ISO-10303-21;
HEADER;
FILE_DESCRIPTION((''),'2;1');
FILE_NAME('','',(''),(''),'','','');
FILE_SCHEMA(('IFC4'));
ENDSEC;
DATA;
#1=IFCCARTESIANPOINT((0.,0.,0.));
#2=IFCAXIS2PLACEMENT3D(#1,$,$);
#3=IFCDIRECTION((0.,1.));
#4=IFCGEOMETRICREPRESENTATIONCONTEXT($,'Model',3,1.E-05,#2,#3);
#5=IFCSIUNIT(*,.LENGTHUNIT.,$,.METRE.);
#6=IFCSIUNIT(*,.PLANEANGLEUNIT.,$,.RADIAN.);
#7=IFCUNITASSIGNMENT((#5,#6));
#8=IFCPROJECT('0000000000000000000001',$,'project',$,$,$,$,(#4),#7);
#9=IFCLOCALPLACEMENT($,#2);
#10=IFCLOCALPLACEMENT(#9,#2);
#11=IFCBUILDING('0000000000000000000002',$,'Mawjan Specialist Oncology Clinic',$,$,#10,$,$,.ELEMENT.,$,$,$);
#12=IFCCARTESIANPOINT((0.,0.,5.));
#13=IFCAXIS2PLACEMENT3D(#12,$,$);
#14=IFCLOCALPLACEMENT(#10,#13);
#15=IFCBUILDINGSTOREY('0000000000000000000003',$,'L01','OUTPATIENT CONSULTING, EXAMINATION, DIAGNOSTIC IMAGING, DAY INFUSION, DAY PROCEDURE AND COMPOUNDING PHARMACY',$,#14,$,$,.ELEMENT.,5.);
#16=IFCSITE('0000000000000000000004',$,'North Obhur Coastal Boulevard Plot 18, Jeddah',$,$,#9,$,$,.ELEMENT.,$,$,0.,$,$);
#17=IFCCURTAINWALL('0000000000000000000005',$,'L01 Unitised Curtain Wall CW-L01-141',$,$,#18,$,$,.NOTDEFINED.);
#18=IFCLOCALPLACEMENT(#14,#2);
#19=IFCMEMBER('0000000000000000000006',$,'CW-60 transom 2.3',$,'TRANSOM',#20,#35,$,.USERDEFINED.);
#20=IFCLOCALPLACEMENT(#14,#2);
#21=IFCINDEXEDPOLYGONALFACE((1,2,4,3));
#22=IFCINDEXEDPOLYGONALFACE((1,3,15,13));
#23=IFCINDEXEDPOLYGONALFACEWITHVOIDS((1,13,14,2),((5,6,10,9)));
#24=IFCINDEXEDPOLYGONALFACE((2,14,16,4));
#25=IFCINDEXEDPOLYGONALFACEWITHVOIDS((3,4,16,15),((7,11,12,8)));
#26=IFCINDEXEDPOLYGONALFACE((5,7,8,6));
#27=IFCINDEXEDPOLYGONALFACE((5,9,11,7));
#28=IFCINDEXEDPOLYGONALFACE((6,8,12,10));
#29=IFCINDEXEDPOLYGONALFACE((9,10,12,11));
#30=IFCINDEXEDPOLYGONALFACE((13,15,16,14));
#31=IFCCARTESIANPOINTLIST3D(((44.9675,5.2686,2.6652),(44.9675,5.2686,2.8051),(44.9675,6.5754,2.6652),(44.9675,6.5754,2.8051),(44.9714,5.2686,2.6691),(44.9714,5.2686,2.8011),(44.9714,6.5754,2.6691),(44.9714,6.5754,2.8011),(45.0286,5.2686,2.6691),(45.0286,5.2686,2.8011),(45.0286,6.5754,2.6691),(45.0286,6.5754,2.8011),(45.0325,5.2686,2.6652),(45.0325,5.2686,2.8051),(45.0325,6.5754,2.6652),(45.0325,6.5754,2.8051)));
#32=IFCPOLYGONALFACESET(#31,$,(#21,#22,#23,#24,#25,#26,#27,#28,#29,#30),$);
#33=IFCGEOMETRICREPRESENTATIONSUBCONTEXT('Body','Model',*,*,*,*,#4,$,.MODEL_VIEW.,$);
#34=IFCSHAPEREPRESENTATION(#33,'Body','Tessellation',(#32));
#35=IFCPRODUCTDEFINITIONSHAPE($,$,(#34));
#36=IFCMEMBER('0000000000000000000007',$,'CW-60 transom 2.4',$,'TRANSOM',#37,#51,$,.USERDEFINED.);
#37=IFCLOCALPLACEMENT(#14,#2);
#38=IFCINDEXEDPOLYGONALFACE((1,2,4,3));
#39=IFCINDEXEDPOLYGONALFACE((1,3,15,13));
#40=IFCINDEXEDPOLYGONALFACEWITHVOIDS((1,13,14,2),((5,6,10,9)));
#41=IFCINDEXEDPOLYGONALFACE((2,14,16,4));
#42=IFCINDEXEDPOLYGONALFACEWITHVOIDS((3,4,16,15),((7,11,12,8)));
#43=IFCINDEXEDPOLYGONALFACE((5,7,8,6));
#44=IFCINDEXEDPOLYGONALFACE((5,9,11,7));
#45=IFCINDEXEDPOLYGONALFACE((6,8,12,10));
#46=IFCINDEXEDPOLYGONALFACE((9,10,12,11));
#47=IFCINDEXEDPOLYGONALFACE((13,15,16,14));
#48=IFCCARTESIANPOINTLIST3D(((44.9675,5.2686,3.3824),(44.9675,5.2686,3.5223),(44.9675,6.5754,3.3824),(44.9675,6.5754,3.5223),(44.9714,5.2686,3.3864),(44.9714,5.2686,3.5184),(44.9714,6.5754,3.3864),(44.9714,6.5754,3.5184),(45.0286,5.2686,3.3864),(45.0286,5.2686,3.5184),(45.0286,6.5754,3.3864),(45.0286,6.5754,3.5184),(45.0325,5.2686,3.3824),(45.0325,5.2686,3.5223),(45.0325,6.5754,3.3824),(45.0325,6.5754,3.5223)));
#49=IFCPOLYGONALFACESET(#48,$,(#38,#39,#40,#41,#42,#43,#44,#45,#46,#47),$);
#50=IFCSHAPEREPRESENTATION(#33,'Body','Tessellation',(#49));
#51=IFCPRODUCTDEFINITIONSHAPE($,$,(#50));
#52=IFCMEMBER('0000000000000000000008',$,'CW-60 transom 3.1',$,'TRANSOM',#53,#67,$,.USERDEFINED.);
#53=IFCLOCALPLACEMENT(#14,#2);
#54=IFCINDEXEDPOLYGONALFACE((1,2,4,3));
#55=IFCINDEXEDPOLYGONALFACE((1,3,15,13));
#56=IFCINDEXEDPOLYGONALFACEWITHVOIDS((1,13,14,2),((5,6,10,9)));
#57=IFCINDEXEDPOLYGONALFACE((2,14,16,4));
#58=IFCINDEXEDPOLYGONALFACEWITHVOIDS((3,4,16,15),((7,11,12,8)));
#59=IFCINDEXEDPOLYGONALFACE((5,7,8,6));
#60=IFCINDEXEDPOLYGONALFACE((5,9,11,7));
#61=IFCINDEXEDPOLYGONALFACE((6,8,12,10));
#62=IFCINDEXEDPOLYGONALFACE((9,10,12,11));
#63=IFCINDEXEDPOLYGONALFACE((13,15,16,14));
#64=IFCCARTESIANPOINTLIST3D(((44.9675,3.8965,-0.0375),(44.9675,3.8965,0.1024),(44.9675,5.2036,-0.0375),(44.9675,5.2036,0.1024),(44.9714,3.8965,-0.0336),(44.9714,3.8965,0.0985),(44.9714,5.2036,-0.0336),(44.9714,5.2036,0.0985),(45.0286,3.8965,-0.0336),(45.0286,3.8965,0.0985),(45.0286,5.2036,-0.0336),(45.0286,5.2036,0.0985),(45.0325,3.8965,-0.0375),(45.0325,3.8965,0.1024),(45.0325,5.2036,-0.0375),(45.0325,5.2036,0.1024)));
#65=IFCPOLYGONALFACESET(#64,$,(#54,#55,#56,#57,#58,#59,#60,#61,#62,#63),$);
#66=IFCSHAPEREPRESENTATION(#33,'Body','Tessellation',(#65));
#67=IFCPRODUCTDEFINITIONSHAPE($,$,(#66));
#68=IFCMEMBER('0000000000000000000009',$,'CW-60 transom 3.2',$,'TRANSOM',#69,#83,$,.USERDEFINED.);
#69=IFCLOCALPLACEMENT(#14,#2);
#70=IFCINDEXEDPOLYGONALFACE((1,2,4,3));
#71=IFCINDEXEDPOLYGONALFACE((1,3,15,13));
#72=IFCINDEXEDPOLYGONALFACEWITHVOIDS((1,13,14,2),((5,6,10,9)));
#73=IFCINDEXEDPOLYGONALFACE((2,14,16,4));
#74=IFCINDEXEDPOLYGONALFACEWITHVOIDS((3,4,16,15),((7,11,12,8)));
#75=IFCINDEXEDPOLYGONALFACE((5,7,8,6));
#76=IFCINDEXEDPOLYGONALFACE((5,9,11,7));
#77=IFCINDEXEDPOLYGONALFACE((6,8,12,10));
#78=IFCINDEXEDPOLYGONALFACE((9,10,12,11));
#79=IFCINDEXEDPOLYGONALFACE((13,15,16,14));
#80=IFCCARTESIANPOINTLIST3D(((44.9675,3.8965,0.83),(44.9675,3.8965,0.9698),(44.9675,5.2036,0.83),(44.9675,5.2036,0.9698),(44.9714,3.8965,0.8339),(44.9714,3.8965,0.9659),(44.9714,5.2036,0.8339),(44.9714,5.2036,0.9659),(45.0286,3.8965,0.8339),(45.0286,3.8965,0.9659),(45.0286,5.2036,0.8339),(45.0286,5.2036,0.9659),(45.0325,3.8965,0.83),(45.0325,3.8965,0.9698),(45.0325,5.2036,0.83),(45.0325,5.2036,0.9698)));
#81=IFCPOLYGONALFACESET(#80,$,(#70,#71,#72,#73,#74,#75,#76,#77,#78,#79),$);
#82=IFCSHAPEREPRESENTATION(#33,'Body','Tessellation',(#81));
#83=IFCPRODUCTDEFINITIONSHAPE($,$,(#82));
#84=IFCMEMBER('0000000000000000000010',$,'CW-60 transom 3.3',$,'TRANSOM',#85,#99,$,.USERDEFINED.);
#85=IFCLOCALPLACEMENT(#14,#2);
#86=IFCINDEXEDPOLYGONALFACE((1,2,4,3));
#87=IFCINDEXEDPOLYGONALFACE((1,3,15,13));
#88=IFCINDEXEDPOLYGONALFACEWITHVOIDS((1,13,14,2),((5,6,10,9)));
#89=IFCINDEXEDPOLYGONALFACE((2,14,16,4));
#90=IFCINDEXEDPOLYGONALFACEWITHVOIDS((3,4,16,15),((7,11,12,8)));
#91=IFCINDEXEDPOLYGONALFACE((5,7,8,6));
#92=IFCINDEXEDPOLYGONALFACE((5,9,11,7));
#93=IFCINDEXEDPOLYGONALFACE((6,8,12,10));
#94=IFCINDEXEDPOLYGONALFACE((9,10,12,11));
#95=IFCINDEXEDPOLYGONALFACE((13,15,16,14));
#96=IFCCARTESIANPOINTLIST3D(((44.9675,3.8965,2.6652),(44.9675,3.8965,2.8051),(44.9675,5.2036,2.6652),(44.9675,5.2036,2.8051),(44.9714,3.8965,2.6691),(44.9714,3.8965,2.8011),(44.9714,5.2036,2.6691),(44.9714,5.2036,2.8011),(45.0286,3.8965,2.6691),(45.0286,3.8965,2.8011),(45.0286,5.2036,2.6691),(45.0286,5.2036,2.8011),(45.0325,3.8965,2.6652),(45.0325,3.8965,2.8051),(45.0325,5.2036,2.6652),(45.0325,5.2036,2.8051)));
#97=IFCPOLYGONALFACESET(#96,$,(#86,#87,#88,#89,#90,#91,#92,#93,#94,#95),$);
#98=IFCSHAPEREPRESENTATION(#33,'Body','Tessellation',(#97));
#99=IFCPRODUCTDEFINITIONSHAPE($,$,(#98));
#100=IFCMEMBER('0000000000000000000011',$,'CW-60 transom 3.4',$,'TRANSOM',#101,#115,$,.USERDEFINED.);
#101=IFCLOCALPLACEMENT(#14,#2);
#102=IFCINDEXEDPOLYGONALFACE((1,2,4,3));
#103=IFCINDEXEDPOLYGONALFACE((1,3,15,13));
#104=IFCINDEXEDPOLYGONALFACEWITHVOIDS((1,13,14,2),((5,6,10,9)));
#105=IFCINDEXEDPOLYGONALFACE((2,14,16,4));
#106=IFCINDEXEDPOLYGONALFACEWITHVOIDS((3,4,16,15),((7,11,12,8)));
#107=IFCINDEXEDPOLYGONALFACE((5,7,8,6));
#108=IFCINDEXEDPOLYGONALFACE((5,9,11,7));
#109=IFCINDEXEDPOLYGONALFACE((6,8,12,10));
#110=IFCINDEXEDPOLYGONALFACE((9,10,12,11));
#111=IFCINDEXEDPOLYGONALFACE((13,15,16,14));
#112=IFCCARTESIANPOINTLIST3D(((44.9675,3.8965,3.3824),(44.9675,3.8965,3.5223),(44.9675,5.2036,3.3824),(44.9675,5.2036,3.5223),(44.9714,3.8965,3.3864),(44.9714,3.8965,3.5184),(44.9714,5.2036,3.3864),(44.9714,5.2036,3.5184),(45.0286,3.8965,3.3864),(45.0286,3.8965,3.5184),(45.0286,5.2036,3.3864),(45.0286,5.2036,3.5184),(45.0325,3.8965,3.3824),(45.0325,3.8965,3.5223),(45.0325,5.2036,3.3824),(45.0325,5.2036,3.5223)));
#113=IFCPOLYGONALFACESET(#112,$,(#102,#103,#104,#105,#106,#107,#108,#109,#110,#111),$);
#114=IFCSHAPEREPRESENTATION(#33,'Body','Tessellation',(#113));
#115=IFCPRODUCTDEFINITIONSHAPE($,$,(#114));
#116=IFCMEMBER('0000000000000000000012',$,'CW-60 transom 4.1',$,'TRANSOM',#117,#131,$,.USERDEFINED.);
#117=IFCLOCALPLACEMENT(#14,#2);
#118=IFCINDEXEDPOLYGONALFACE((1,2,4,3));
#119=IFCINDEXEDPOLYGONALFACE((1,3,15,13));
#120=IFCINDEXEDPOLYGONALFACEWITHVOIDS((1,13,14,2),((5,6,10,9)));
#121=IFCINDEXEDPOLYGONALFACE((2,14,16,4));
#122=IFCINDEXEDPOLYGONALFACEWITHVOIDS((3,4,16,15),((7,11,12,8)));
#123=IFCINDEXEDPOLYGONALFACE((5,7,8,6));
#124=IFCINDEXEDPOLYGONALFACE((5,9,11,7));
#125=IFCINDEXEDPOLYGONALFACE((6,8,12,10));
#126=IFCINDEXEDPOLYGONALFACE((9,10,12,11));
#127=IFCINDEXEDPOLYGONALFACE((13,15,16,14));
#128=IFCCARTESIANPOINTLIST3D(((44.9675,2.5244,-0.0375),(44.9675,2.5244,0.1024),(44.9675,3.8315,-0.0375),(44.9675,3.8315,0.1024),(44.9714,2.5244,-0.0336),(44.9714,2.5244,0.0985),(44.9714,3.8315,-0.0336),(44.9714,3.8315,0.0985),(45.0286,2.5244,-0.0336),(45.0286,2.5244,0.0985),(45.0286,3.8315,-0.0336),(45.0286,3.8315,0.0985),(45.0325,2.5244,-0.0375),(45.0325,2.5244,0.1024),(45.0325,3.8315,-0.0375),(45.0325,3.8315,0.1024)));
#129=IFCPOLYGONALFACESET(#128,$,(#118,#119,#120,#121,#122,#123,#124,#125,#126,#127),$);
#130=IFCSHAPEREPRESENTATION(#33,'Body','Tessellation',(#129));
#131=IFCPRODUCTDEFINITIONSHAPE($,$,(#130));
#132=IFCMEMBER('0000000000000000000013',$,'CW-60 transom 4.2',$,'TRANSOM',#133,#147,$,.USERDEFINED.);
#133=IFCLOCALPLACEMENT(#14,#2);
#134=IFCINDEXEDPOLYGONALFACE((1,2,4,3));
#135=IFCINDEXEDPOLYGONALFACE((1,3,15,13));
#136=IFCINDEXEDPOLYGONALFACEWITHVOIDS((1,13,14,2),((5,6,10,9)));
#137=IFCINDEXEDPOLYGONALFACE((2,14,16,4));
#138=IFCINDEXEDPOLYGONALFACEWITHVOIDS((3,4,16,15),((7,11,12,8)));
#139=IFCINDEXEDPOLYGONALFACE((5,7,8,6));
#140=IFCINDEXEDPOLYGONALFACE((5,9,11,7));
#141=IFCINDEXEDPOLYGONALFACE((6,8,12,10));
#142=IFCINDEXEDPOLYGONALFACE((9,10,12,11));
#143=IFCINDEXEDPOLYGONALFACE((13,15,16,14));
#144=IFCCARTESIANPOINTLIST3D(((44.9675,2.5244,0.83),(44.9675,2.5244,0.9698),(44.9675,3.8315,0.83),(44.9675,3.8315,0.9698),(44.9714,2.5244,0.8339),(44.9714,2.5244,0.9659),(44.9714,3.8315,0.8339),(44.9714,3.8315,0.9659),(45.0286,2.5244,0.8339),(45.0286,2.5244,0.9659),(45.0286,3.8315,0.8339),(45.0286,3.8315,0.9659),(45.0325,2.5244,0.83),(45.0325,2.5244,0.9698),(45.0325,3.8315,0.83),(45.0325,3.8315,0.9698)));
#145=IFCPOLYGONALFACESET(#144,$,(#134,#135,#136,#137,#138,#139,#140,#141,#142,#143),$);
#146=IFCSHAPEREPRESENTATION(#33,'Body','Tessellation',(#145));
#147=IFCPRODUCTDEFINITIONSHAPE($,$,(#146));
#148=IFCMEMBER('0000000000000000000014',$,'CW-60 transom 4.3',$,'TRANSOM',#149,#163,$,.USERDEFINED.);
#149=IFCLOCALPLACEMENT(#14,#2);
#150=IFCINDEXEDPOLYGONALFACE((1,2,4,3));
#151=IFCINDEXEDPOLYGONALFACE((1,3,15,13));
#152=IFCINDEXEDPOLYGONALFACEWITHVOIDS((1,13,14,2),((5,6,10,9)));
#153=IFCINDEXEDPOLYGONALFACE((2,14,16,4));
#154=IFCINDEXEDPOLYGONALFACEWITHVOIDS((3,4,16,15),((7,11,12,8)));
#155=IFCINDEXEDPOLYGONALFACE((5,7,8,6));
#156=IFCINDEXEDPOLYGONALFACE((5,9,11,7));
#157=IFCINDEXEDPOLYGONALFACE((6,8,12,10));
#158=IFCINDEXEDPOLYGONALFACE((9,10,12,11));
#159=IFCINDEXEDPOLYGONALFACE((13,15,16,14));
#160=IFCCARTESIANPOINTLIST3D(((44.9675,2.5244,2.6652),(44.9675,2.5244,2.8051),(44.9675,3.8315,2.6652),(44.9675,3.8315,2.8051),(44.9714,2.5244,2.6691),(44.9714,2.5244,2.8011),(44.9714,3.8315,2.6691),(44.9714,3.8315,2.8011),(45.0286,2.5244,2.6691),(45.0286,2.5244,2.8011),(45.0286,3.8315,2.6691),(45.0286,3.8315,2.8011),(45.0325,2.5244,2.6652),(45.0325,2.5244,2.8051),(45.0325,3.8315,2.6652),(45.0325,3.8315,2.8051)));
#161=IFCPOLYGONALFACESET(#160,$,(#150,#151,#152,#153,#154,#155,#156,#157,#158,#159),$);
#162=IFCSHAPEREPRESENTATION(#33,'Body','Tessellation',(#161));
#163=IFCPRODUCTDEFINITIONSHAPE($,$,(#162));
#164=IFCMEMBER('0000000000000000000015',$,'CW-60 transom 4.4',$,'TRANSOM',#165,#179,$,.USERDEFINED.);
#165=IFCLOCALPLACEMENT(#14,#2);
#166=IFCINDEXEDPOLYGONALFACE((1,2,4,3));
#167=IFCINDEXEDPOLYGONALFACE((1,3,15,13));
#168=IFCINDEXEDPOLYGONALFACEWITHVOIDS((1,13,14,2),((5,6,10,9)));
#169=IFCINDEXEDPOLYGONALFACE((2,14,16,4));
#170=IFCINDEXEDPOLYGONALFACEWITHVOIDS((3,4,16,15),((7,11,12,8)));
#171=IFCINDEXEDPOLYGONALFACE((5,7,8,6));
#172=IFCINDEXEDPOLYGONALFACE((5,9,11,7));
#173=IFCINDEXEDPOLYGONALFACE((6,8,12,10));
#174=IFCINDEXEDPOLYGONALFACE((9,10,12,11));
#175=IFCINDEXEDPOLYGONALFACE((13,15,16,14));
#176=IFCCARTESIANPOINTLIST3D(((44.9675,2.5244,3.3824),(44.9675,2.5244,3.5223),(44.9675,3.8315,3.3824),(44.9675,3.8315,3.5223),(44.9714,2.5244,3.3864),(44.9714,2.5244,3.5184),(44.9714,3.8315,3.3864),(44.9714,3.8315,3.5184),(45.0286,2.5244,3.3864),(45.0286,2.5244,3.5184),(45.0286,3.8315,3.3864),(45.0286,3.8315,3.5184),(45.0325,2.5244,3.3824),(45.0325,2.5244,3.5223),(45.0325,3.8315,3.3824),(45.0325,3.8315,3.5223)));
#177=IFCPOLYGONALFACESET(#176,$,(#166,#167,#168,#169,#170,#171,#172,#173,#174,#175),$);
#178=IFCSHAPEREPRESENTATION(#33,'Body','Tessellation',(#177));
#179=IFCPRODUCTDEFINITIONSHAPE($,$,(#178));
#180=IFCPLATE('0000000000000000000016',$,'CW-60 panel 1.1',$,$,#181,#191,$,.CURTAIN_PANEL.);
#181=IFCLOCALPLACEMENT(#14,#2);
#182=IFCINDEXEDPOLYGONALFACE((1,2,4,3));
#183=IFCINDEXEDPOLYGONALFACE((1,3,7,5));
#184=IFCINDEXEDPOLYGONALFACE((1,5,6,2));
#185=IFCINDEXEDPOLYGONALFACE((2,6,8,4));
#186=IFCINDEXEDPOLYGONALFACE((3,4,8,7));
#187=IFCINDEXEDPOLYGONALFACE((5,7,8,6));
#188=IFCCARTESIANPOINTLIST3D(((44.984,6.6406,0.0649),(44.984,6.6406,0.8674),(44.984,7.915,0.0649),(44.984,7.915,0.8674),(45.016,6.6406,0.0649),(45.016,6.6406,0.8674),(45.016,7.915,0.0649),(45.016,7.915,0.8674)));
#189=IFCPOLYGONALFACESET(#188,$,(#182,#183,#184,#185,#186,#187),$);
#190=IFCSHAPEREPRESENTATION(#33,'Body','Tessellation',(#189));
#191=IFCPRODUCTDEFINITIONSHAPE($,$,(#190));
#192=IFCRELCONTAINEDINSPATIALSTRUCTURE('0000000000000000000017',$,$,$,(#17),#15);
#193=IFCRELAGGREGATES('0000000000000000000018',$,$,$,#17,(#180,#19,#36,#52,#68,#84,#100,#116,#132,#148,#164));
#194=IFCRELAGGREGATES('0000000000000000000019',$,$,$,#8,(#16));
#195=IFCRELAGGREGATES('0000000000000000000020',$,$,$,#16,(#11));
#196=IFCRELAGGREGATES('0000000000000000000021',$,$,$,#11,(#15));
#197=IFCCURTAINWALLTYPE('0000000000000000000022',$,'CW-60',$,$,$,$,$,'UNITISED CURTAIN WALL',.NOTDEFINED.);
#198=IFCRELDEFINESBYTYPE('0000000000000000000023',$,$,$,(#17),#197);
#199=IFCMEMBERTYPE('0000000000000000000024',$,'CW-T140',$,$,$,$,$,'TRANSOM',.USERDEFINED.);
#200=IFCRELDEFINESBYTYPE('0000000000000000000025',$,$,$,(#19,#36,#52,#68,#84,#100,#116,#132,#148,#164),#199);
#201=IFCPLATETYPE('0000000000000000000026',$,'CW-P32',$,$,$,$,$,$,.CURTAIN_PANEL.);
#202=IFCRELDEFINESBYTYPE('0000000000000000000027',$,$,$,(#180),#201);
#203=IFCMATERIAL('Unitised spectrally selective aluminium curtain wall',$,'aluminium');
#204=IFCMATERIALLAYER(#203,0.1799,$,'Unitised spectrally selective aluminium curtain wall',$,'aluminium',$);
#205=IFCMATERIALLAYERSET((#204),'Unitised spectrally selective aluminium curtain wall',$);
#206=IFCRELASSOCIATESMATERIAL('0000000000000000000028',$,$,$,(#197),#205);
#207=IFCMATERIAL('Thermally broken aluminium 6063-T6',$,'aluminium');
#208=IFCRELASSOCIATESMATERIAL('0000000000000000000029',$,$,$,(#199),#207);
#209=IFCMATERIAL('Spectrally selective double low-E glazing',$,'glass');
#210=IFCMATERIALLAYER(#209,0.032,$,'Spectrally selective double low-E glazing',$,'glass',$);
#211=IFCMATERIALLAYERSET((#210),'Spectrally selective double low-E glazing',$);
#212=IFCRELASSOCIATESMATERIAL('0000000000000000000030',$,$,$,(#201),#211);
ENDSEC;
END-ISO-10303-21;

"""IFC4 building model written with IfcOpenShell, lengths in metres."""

from ifc_helpers import new_model, si_unit, direction, frame, origin, origin_2d, place, context, subcontext, project, spatial, rectangle, hollow_rectangle, extrude, material, layer, layer_set, material_profile, profile_set, type_object, element, aggregate, save


model = new_model("IFC4")

# Units and contexts
model_context = context("Model", 3, precision=1e-05, world=origin(), true_north=direction((0.0, 1.0)))
body_context = subcontext(model_context, "Body", "Model", "MODEL_VIEW")
ifc_project = project(units=[si_unit("LENGTHUNIT", "METRE"), si_unit("PLANEANGLEUNIT", "RADIAN")], contexts=[model_context])

# Site, building, storey
site_placement = place(None, origin())
site = spatial("IfcSite", under=ifc_project, at=site_placement, Name="North Obhur Coastal Boulevard Plot 18, Jeddah", CompositionType="ELEMENT", RefElevation=0.0)
building_placement = place(site_placement, origin())
building = spatial("IfcBuilding", under=site, at=building_placement, Name="Mawjan Specialist Oncology Clinic", CompositionType="ELEMENT")
storey_placement = place(building_placement, frame((0.0, 0.0, 5.0)))
storey = spatial("IfcBuildingStorey", under=building, at=storey_placement, Name="L01", Description="OUTPATIENT CONSULTING, EXAMINATION, DIAGNOSTIC IMAGING, DAY INFUSION, DAY PROCEDURE AND COMPOUNDING PHARMACY", CompositionType="ELEMENT", Elevation=5.0)

# Curtain wall, members, plate
ifc_material_1 = material(Name="Unitised spectrally selective aluminium curtain wall", Category="aluminium")
ifc_layer_1 = layer(ifc_material_1, 0.1799, Name="Unitised spectrally selective aluminium curtain wall", Category="aluminium")
ifc_layer_set_1 = layer_set([ifc_layer_1], Name="Unitised spectrally selective aluminium curtain wall")
curtain_wall_type = type_object("IfcCurtainWallType", Name="CW-60", ElementType="UNITISED CURTAIN WALL", PredefinedType="NOTDEFINED", material=ifc_layer_set_1)
curtain_wall_placement = place(storey_placement, origin())
curtain_wall = element("IfcCurtainWall", 1, at=curtain_wall_placement, inside=storey, type_object=curtain_wall_type, Name="L01 Unitised Curtain Wall CW-L01-141", PredefinedType="NOTDEFINED")
ifc_material_2 = material(Name="Thermally broken aluminium 6063-T6", Category="aluminium")
ifc_material_profile_1 = material_profile(ifc_material_2, hollow_rectangle(XDim=0.0649, YDim=0.1399, WallThickness=0.0039, at=origin_2d()), Name="ALU TRANSOM 140x65x4", Category="aluminium")
ifc_profile_set_1 = profile_set([ifc_material_profile_1], Name="Thermally broken aluminium 6063-T6")
member_type_1 = type_object("IfcMemberType", Name="CW-T140", ElementType="TRANSOM", PredefinedType="USERDEFINED", material=ifc_profile_set_1)
member_1_placement = place(storey_placement, frame((45.0, 6.5754, 2.7351), z_axis=(0.0, -1.0, 0.0), x_axis=(1.0, 0.0, 0.0)))
member_1 = element("IfcMember", 2, at=member_1_placement, type_object=member_type_1, Name="CW-60 transom 2.3", ObjectType="TRANSOM", PredefinedType="USERDEFINED", context=body_context, shape_type="SweptSolid", body=[
    extrude(hollow_rectangle(XDim=0.0649, YDim=0.1399, WallThickness=0.0039, at=origin_2d()), origin(), (0.0, 0.0, 1.0), 1.3069),
])
member_2_placement = place(storey_placement, frame((45.0, 6.5754, 3.4524), z_axis=(0.0, -1.0, 0.0), x_axis=(1.0, 0.0, 0.0)))
member_2 = element("IfcMember", 3, at=member_2_placement, type_object=member_type_1, Name="CW-60 transom 2.4", ObjectType="TRANSOM", PredefinedType="USERDEFINED", context=body_context, shape_type="SweptSolid", body=[
    extrude(hollow_rectangle(XDim=0.0649, YDim=0.1399, WallThickness=0.0039, at=origin_2d()), origin(), (0.0, 0.0, 1.0), 1.3069),
])
member_3_placement = place(storey_placement, frame((45.0, 5.2036, 0.0325), z_axis=(0.0, -1.0, 0.0), x_axis=(1.0, 0.0, 0.0)))
member_3 = element("IfcMember", 4, at=member_3_placement, type_object=member_type_1, Name="CW-60 transom 3.1", ObjectType="TRANSOM", PredefinedType="USERDEFINED", context=body_context, shape_type="SweptSolid", body=[
    extrude(hollow_rectangle(XDim=0.0649, YDim=0.1399, WallThickness=0.0039, at=origin_2d()), origin(), (0.0, 0.0, 1.0), 1.3071),
])
member_4_placement = place(storey_placement, frame((45.0, 5.2036, 0.8999), z_axis=(0.0, -1.0, 0.0), x_axis=(1.0, 0.0, 0.0)))
member_4 = element("IfcMember", 5, at=member_4_placement, type_object=member_type_1, Name="CW-60 transom 3.2", ObjectType="TRANSOM", PredefinedType="USERDEFINED", context=body_context, shape_type="SweptSolid", body=[
    extrude(hollow_rectangle(XDim=0.0649, YDim=0.1399, WallThickness=0.0039, at=origin_2d()), origin(), (0.0, 0.0, 1.0), 1.3071),
])
member_5_placement = place(storey_placement, frame((45.0, 5.2036, 2.7351), z_axis=(0.0, -1.0, 0.0), x_axis=(1.0, 0.0, 0.0)))
member_5 = element("IfcMember", 6, at=member_5_placement, type_object=member_type_1, Name="CW-60 transom 3.3", ObjectType="TRANSOM", PredefinedType="USERDEFINED", context=body_context, shape_type="SweptSolid", body=[
    extrude(hollow_rectangle(XDim=0.0649, YDim=0.1399, WallThickness=0.0039, at=origin_2d()), origin(), (0.0, 0.0, 1.0), 1.3071),
])
member_6_placement = place(storey_placement, frame((45.0, 5.2036, 3.4524), z_axis=(0.0, -1.0, 0.0), x_axis=(1.0, 0.0, 0.0)))
member_6 = element("IfcMember", 7, at=member_6_placement, type_object=member_type_1, Name="CW-60 transom 3.4", ObjectType="TRANSOM", PredefinedType="USERDEFINED", context=body_context, shape_type="SweptSolid", body=[
    extrude(hollow_rectangle(XDim=0.0649, YDim=0.1399, WallThickness=0.0039, at=origin_2d()), origin(), (0.0, 0.0, 1.0), 1.3071),
])
member_7_placement = place(storey_placement, frame((45.0, 3.8315, 0.0325), z_axis=(0.0, -1.0, 0.0), x_axis=(1.0, 0.0, 0.0)))
member_7 = element("IfcMember", 8, at=member_7_placement, type_object=member_type_1, Name="CW-60 transom 4.1", ObjectType="TRANSOM", PredefinedType="USERDEFINED", context=body_context, shape_type="SweptSolid", body=[
    extrude(hollow_rectangle(XDim=0.0649, YDim=0.1399, WallThickness=0.0039, at=origin_2d()), origin(), (0.0, 0.0, 1.0), 1.3071),
])
member_8_placement = place(storey_placement, frame((45.0, 3.8315, 0.8999), z_axis=(0.0, -1.0, 0.0), x_axis=(1.0, 0.0, 0.0)))
member_8 = element("IfcMember", 9, at=member_8_placement, type_object=member_type_1, Name="CW-60 transom 4.2", ObjectType="TRANSOM", PredefinedType="USERDEFINED", context=body_context, shape_type="SweptSolid", body=[
    extrude(hollow_rectangle(XDim=0.0649, YDim=0.1399, WallThickness=0.0039, at=origin_2d()), origin(), (0.0, 0.0, 1.0), 1.3071),
])
member_9_placement = place(storey_placement, frame((45.0, 3.8315, 2.7351), z_axis=(0.0, -1.0, 0.0), x_axis=(1.0, 0.0, 0.0)))
member_9 = element("IfcMember", 10, at=member_9_placement, type_object=member_type_1, Name="CW-60 transom 4.3", ObjectType="TRANSOM", PredefinedType="USERDEFINED", context=body_context, shape_type="SweptSolid", body=[
    extrude(hollow_rectangle(XDim=0.0649, YDim=0.1399, WallThickness=0.0039, at=origin_2d()), origin(), (0.0, 0.0, 1.0), 1.3071),
])
member_10_placement = place(storey_placement, frame((45.0, 3.8315, 3.4524), z_axis=(0.0, -1.0, 0.0), x_axis=(1.0, 0.0, 0.0)))
member_10 = element("IfcMember", 11, at=member_10_placement, type_object=member_type_1, Name="CW-60 transom 4.4", ObjectType="TRANSOM", PredefinedType="USERDEFINED", context=body_context, shape_type="SweptSolid", body=[
    extrude(hollow_rectangle(XDim=0.0649, YDim=0.1399, WallThickness=0.0039, at=origin_2d()), origin(), (0.0, 0.0, 1.0), 1.3071),
])
ifc_material_3 = material(Name="Spectrally selective double low-E glazing", Category="glass")
ifc_layer_2 = layer(ifc_material_3, 0.032, Name="Spectrally selective double low-E glazing", Category="glass")
ifc_layer_set_2 = layer_set([ifc_layer_2], Name="Spectrally selective double low-E glazing")
plate_type = type_object("IfcPlateType", Name="CW-P32", PredefinedType="CURTAIN_PANEL", material=ifc_layer_set_2)
plate_1_placement = place(storey_placement, frame((45.0, 7.2778, 0.0649), z_axis=(0.0, 0.0, 1.0), x_axis=(0.0, -1.0, 0.0)))
plate_1 = element("IfcPlate", 12, at=plate_1_placement, type_object=plate_type, Name="CW-60 panel 1.1", PredefinedType="CURTAIN_PANEL", context=body_context, shape_type="SweptSolid", body=[
    extrude(rectangle(XDim=1.2744, YDim=0.032, at=origin_2d()), origin(), (0.0, 0.0, 1.0), 0.8025),
])
aggregate(curtain_wall, [plate_1, member_1, member_2, member_3, member_4, member_5, member_6, member_7, member_8, member_9, member_10])

save(model, "model.ifc")
